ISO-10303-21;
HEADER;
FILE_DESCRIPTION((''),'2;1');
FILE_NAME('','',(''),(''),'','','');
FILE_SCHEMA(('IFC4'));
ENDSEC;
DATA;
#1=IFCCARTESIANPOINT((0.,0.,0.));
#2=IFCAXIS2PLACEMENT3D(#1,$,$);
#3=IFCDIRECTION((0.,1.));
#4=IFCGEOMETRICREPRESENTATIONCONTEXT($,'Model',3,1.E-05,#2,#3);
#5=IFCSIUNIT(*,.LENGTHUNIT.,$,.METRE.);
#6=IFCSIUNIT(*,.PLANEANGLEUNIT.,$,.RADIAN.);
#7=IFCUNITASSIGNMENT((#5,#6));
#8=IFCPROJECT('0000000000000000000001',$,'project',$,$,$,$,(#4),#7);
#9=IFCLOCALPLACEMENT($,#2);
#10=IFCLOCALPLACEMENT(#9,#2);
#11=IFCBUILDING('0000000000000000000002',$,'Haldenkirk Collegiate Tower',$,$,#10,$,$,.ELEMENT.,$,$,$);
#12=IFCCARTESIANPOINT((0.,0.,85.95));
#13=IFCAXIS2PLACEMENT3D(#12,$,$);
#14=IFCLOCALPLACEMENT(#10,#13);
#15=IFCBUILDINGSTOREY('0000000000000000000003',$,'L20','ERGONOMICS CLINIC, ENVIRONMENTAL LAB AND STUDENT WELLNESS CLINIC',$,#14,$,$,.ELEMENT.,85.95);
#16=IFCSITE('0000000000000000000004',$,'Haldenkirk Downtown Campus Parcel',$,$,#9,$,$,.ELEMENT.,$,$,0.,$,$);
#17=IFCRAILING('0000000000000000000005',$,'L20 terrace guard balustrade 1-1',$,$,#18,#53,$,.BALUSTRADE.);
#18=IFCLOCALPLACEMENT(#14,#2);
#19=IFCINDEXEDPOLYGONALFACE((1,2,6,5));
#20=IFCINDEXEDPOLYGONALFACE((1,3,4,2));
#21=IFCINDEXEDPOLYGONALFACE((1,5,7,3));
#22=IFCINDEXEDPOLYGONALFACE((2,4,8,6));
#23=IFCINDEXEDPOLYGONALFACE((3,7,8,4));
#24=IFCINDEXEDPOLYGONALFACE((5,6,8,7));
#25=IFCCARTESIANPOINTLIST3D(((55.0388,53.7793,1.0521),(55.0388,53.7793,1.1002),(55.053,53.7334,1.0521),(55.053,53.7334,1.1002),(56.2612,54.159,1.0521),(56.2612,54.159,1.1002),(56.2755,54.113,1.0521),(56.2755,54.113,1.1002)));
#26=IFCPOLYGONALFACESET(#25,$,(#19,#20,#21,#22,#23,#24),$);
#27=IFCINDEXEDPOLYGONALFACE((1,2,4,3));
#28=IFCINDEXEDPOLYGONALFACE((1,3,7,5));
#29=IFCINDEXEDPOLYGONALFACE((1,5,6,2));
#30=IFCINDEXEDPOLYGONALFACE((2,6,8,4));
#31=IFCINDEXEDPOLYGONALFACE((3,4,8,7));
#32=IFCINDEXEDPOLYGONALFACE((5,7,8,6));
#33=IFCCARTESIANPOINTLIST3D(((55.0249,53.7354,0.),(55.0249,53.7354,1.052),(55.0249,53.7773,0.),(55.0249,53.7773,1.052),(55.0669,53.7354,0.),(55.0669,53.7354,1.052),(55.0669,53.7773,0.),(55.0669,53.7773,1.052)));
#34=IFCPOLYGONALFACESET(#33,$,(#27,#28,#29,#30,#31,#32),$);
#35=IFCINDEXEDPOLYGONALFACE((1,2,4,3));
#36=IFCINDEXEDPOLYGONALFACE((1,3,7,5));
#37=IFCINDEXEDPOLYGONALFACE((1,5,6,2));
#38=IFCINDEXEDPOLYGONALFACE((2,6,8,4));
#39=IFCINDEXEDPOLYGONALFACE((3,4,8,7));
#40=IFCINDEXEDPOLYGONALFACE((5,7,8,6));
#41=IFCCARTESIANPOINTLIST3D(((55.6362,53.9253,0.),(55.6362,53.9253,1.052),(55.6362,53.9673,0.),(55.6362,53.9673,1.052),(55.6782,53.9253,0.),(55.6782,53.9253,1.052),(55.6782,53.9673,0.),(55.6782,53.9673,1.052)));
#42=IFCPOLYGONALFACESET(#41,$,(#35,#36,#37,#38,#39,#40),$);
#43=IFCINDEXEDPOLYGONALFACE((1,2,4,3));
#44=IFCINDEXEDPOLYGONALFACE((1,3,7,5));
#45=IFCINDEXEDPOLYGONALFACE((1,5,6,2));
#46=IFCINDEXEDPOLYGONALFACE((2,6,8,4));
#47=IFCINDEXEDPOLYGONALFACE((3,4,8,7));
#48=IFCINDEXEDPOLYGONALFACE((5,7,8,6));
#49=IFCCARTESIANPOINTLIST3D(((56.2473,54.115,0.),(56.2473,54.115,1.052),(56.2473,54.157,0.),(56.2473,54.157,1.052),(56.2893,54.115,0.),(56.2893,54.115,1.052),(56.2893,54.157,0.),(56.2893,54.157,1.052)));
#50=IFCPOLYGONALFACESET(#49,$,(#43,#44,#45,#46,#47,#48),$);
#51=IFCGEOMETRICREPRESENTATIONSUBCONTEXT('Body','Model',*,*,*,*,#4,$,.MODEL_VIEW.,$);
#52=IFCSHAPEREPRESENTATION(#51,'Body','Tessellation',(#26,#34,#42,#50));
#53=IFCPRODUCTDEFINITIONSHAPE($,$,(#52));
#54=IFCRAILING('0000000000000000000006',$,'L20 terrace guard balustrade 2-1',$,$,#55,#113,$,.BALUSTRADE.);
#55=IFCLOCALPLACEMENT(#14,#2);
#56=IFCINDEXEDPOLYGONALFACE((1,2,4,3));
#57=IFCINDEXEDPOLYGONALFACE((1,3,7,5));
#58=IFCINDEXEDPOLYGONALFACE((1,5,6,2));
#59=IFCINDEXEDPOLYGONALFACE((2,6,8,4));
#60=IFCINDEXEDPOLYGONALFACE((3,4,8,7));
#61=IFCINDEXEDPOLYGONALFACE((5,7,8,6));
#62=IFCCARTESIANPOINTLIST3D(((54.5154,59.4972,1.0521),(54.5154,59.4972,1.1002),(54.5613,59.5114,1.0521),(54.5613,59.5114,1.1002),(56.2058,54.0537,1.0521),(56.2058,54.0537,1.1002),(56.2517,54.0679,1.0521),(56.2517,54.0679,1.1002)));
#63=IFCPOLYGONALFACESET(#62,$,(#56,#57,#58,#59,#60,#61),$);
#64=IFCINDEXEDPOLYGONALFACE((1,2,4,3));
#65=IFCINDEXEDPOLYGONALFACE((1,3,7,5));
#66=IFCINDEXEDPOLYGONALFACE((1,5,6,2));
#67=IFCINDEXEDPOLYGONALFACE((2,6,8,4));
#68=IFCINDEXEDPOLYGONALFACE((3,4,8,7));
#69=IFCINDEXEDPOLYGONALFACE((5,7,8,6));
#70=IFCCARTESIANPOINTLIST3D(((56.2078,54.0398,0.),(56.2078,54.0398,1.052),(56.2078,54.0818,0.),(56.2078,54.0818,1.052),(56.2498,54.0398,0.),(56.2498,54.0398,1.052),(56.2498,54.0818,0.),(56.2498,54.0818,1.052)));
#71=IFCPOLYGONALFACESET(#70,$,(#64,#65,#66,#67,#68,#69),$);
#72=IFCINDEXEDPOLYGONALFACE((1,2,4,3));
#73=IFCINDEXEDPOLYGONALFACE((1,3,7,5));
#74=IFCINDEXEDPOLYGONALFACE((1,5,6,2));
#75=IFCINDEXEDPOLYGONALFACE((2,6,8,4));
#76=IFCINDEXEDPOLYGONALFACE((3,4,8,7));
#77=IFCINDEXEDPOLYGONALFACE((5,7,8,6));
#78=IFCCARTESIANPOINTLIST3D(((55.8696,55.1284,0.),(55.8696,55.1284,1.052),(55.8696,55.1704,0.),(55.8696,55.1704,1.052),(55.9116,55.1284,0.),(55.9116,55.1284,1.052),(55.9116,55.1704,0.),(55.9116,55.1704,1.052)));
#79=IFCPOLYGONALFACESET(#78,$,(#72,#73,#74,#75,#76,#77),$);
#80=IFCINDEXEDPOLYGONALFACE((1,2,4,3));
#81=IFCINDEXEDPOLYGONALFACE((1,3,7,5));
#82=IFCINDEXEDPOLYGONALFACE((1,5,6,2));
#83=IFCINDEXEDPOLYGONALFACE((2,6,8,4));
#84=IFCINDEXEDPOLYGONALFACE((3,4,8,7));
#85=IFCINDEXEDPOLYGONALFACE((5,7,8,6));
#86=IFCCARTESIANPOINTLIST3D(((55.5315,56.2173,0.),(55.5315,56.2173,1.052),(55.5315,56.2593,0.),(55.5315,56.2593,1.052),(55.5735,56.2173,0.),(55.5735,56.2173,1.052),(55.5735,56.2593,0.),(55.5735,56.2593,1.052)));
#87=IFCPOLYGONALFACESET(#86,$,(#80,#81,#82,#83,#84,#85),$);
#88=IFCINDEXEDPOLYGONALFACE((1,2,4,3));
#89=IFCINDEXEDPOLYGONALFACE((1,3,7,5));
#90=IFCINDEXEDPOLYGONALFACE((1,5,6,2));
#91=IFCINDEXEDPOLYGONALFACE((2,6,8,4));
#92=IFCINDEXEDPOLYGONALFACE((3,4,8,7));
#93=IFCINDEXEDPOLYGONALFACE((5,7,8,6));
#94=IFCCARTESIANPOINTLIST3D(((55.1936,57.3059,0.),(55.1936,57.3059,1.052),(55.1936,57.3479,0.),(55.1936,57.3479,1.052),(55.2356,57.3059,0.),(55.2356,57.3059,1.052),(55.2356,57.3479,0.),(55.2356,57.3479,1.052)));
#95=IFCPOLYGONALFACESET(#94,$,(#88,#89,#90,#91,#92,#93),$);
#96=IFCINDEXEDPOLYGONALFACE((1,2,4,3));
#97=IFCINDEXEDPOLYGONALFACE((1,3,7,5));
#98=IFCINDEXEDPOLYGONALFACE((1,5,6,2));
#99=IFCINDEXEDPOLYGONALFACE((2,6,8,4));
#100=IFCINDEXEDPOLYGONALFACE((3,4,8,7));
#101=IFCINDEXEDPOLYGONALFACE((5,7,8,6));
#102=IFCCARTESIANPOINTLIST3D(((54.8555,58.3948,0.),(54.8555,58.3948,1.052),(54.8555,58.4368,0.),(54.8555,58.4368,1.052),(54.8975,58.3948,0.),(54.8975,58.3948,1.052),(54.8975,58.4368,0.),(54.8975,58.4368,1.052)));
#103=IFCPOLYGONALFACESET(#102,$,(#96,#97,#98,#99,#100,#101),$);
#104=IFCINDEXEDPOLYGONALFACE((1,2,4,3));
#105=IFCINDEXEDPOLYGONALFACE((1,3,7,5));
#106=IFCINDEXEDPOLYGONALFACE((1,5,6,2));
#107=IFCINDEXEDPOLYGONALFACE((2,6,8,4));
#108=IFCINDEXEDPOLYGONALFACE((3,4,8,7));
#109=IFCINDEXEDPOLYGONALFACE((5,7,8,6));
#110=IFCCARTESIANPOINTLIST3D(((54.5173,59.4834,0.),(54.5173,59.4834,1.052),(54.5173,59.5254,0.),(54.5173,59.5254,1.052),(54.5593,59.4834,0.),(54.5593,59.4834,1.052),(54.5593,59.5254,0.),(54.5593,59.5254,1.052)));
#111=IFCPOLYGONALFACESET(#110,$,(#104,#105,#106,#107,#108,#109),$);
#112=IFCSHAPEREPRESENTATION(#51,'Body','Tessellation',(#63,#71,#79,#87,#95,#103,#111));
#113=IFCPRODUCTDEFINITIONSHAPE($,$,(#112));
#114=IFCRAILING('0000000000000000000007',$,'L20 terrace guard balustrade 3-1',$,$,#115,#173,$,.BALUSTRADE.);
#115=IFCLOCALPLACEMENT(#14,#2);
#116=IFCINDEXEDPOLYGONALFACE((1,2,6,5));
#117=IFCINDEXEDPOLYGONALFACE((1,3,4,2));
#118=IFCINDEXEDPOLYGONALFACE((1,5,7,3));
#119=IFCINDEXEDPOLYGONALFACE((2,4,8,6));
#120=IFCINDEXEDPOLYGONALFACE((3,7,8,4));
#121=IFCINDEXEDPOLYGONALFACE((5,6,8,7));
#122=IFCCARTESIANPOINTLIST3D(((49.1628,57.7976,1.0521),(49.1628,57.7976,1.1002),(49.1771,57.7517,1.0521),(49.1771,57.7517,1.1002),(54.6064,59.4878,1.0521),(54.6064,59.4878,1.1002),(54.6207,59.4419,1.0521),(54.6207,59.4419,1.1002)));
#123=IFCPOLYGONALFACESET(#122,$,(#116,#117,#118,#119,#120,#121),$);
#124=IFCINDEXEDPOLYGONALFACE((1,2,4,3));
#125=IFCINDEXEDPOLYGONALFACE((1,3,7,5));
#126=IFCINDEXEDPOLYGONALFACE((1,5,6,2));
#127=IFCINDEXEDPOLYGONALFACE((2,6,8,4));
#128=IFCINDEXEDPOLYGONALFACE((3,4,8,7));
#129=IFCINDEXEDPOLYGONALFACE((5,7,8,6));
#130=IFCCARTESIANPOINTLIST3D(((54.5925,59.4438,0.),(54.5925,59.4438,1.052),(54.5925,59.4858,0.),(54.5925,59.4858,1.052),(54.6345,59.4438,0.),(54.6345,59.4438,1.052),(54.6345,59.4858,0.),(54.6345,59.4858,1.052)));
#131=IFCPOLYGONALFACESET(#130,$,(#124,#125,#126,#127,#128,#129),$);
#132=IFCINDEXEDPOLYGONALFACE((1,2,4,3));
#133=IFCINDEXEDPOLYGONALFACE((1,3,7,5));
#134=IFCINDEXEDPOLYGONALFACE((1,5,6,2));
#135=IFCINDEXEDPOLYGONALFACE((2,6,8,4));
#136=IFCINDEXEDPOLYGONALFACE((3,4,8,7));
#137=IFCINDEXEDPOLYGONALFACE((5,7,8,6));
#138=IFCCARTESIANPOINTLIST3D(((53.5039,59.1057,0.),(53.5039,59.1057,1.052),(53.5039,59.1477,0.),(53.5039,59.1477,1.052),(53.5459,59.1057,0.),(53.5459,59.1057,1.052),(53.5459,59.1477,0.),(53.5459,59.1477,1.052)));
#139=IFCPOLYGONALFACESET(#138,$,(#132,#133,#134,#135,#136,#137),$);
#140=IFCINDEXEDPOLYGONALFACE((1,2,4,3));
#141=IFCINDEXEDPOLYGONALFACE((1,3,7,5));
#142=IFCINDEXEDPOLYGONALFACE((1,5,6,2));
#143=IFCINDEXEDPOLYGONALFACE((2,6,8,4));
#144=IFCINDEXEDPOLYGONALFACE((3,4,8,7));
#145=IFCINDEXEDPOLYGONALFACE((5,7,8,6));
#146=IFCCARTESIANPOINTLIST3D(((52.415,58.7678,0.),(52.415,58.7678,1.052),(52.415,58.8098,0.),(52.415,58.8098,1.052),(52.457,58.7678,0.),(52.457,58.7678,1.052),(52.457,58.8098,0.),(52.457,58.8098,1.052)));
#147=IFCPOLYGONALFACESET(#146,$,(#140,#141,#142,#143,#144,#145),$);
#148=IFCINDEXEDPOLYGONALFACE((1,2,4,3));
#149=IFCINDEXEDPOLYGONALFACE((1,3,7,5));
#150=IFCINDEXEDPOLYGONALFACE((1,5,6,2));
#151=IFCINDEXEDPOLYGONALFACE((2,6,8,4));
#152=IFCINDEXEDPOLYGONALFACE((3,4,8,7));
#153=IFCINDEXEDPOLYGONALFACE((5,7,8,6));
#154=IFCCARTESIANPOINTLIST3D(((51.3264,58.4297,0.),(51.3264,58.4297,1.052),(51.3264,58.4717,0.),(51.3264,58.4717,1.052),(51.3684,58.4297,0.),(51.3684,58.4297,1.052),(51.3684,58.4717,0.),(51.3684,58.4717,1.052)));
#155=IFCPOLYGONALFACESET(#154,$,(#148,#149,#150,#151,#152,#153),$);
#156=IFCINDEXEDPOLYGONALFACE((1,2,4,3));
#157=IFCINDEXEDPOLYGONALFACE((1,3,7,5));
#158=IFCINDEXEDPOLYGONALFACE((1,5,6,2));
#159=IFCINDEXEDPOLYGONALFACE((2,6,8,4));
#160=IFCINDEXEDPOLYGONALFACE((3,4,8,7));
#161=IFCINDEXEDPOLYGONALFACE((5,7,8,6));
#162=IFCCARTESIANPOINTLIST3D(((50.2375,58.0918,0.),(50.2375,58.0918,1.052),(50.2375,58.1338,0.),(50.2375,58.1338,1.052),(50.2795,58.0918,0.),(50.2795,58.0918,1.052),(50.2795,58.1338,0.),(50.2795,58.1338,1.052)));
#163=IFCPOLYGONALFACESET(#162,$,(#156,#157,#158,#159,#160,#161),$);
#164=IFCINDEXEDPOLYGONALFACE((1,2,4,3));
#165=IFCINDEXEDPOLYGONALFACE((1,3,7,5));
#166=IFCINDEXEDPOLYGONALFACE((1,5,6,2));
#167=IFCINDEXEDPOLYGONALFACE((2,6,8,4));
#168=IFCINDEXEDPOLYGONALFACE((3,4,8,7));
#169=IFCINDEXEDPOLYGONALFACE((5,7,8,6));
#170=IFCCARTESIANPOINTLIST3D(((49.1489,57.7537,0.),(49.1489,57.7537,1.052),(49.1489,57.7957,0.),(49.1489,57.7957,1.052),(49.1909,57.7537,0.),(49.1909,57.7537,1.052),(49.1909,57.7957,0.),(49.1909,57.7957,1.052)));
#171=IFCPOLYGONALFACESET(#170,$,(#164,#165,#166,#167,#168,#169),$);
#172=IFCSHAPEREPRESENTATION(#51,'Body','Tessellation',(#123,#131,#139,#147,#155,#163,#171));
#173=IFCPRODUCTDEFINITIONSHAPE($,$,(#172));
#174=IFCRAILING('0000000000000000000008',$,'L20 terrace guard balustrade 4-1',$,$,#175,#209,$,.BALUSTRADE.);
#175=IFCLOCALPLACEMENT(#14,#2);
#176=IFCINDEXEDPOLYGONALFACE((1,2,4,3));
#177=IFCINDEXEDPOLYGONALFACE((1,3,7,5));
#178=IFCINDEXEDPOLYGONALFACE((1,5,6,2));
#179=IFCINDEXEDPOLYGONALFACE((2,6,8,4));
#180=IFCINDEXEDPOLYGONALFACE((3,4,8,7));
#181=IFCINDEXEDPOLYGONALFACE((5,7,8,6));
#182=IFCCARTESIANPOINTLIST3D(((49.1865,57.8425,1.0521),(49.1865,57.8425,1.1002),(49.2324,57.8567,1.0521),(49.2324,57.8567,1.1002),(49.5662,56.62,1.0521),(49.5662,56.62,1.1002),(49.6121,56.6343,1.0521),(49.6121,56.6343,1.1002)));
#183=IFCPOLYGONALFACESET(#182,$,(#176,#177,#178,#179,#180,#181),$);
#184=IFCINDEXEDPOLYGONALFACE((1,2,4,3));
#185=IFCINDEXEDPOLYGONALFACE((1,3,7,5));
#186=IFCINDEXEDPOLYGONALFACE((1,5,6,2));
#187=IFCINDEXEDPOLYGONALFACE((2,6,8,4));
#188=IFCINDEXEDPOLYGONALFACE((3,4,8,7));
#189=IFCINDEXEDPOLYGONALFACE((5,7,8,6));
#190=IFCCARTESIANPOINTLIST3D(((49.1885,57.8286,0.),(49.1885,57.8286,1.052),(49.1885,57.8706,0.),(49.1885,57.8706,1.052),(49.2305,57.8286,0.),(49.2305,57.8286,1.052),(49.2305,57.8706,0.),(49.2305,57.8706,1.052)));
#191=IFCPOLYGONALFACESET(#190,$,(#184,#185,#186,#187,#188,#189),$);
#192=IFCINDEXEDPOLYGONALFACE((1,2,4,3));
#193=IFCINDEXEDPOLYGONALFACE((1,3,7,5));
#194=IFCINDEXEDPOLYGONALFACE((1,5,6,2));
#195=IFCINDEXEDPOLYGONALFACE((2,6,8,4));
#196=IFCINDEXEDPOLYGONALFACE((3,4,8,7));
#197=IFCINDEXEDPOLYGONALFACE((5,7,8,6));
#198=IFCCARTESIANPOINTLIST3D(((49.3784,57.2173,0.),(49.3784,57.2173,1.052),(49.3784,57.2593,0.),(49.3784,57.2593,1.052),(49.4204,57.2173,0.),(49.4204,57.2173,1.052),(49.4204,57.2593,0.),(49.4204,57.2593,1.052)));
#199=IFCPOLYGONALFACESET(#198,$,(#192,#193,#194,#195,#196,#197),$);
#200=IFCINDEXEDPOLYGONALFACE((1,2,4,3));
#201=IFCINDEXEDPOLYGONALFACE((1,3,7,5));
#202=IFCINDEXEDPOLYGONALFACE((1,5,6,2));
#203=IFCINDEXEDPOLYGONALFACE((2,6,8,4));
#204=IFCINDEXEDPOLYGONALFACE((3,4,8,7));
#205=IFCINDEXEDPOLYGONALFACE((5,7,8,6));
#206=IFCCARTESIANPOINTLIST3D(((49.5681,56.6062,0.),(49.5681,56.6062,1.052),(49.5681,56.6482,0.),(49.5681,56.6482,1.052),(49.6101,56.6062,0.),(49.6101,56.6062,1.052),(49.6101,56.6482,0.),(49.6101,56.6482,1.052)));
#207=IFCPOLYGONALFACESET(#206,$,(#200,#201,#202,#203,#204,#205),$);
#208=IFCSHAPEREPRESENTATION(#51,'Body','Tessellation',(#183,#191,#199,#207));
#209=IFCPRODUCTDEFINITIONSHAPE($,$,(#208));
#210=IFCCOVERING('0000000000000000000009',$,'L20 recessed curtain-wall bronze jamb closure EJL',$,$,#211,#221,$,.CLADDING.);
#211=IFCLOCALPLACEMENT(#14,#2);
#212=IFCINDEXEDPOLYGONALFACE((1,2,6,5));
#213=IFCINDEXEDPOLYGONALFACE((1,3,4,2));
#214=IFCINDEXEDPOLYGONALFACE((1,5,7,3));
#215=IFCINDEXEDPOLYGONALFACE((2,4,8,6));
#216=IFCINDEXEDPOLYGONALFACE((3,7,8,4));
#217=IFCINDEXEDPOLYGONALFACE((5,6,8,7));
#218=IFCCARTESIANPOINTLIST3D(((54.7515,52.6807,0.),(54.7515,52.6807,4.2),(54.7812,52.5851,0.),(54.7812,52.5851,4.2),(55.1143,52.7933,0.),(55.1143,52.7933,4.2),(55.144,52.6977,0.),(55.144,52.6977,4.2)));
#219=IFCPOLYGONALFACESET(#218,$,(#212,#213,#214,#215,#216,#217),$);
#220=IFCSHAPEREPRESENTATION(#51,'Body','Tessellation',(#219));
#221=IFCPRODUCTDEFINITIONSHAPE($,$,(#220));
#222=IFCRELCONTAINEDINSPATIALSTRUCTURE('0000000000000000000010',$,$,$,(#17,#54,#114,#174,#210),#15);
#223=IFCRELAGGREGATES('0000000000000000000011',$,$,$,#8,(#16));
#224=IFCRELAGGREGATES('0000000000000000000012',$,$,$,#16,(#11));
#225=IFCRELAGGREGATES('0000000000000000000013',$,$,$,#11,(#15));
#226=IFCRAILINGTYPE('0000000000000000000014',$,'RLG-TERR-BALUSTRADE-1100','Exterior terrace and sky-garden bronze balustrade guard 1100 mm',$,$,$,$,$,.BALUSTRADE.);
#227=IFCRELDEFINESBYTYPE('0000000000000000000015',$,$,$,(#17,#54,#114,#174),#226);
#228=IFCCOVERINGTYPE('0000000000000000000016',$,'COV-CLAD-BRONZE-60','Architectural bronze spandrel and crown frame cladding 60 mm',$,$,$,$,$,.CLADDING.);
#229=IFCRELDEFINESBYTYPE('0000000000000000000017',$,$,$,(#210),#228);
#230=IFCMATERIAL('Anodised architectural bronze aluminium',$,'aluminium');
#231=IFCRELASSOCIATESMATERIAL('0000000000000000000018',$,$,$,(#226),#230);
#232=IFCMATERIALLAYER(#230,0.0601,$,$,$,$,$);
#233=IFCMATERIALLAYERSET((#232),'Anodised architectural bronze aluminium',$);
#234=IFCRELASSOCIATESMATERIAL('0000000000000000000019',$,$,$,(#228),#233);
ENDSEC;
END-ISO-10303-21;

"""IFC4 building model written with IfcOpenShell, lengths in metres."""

from ifc_helpers import new_model, si_unit, direction, frame, origin, origin_2d, place, context, subcontext, project, spatial, rectangle, extrude, source, transform, mapped, material, layer, layer_set, type_object, element, save


model = new_model("IFC4")

# Units and contexts
model_context = context("Model", 3, precision=1e-05, world=origin(), true_north=direction((0.0, 1.0)))
body_context = subcontext(model_context, "Body", "Model", "MODEL_VIEW")
ifc_project = project(units=[si_unit("LENGTHUNIT", "METRE"), si_unit("PLANEANGLEUNIT", "RADIAN")], contexts=[model_context])

# Site, building, storey
site_placement = place(None, origin())
site = spatial("IfcSite", under=ifc_project, at=site_placement, Name="Haldenkirk Downtown Campus Parcel", CompositionType="ELEMENT", RefElevation=0.0)
building_placement = place(site_placement, origin())
building = spatial("IfcBuilding", under=site, at=building_placement, Name="Haldenkirk Collegiate Tower", CompositionType="ELEMENT")
storey_placement = place(building_placement, frame((0.0, 0.0, 85.95)))
storey = spatial("IfcBuildingStorey", under=building, at=storey_placement, Name="L20", Description="ERGONOMICS CLINIC, ENVIRONMENTAL LAB AND STUDENT WELLNESS CLINIC", CompositionType="ELEMENT", Elevation=85.95)

# Shared definitions
ifc_material_1 = material(Name="Anodised architectural bronze aluminium", Category="aluminium")

# Railings
railing_type = type_object("IfcRailingType", Name="RLG-TERR-BALUSTRADE-1100", Description="Exterior terrace and sky-garden bronze balustrade guard 1100 mm", PredefinedType="BALUSTRADE", material=ifc_material_1)
railing_1_placement = place(storey_placement, frame((55.0459, 53.7563, 0.0)))
element("IfcRailing", 1, at=railing_1_placement, inside=storey, type_object=railing_type, Name="L20 terrace guard balustrade 1-1", PredefinedType="BALUSTRADE", context=body_context, shape_type="SweptSolid", body=[
    extrude(rectangle(XDim=0.0481, YDim=0.0481, at=origin_2d()), frame((0.0, 0.0, 1.0762), z_axis=(0.955005, 0.296591, 0.0), x_axis=(-0.296591, 0.955005, 0.0)), (0.0, 0.0, 1.0), 1.28),
    extrude(rectangle(XDim=0.042, YDim=0.042, at=origin_2d()), origin(), (0.0, 0.0, 1.0), 1.052),
    extrude(rectangle(XDim=0.042, YDim=0.042, at=origin_2d()), frame((0.6113, 0.1899, 0.0)), (0.0, 0.0, 1.0), 1.052),
    extrude(rectangle(XDim=0.042, YDim=0.042, at=origin_2d()), frame((1.2224, 0.3796, 0.0)), (0.0, 0.0, 1.0), 1.052),
])
railing_2_placement = place(storey_placement, frame((56.2288, 54.0608, 0.0)))
element("IfcRailing", 2, at=railing_2_placement, inside=storey, type_object=railing_type, Name="L20 terrace guard balustrade 2-1", PredefinedType="BALUSTRADE", context=body_context, shape_type="SweptSolid", body=[
    extrude(rectangle(XDim=0.0481, YDim=0.0481, at=origin_2d()), frame((0.0, 0.0, 1.0762), z_axis=(-0.296565, 0.955013, 0.0), x_axis=(-0.955013, -0.296565, 0.0)), (0.0, 0.0, 1.0), 5.7),
    extrude(rectangle(XDim=0.042, YDim=0.042, at=origin_2d()), origin(), (0.0, 0.0, 1.0), 1.052),
    extrude(rectangle(XDim=0.042, YDim=0.042, at=origin_2d()), frame((-0.3381, 1.0886, 0.0)), (0.0, 0.0, 1.0), 1.052),
    extrude(rectangle(XDim=0.042, YDim=0.042, at=origin_2d()), frame((-0.6763, 2.1775, 0.0)), (0.0, 0.0, 1.0), 1.052),
    extrude(rectangle(XDim=0.042, YDim=0.042, at=origin_2d()), frame((-1.0142, 3.2661, 0.0)), (0.0, 0.0, 1.0), 1.052),
    extrude(rectangle(XDim=0.042, YDim=0.042, at=origin_2d()), frame((-1.3523, 4.355, 0.0)), (0.0, 0.0, 1.0), 1.052),
    extrude(rectangle(XDim=0.042, YDim=0.042, at=origin_2d()), frame((-1.6904, 5.4436, 0.0)), (0.0, 0.0, 1.0), 1.052),
])
railing_3_placement = place(storey_placement, frame((54.6135, 59.4648, 0.0)))
element("IfcRailing", 3, at=railing_3_placement, inside=storey, type_object=railing_type, Name="L20 terrace guard balustrade 3-1", PredefinedType="BALUSTRADE", context=body_context, shape_type="SweptSolid", body=[
    extrude(rectangle(XDim=0.0481, YDim=0.0481, at=origin_2d()), frame((0.0, 0.0, 1.0762), z_axis=(-0.955025, -0.296526, 0.0), x_axis=(0.296526, -0.955025, 0.0)), (0.0, 0.0, 1.0), 5.7),
    extrude(rectangle(XDim=0.042, YDim=0.042, at=origin_2d()), origin(), (0.0, 0.0, 1.0), 1.052),
    extrude(rectangle(XDim=0.042, YDim=0.042, at=origin_2d()), frame((-1.0886, -0.3381, 0.0)), (0.0, 0.0, 1.0), 1.052),
    extrude(rectangle(XDim=0.042, YDim=0.042, at=origin_2d()), frame((-2.1775, -0.676, 0.0)), (0.0, 0.0, 1.0), 1.052),
    extrude(rectangle(XDim=0.042, YDim=0.042, at=origin_2d()), frame((-3.2661, -1.0142, 0.0)), (0.0, 0.0, 1.0), 1.052),
    extrude(rectangle(XDim=0.042, YDim=0.042, at=origin_2d()), frame((-4.355, -1.3521, 0.0)), (0.0, 0.0, 1.0), 1.052),
    extrude(rectangle(XDim=0.042, YDim=0.042, at=origin_2d()), frame((-5.4436, -1.6902, 0.0)), (0.0, 0.0, 1.0), 1.052),
])
railing_4_placement = place(storey_placement, frame((49.2095, 57.8496, 0.0)))
element("IfcRailing", 4, at=railing_4_placement, inside=storey, type_object=railing_type, Name="L20 terrace guard balustrade 4-1", PredefinedType="BALUSTRADE", context=body_context, shape_type="SweptSolid", body=[
    extrude(rectangle(XDim=0.0481, YDim=0.0481, at=origin_2d()), frame((0.0, 0.0, 1.0762), z_axis=(0.296591, -0.955005, 0.0), x_axis=(0.955005, 0.296591, 0.0)), (0.0, 0.0, 1.0), 1.28),
    extrude(rectangle(XDim=0.042, YDim=0.042, at=origin_2d()), origin(), (0.0, 0.0, 1.0), 1.052),
    extrude(rectangle(XDim=0.042, YDim=0.042, at=origin_2d()), frame((0.1899, -0.6113, 0.0)), (0.0, 0.0, 1.0), 1.052),
    extrude(rectangle(XDim=0.042, YDim=0.042, at=origin_2d()), frame((0.3796, -1.2224, 0.0)), (0.0, 0.0, 1.0), 1.052),
])

# Covering
ifc_layer_1 = layer(ifc_material_1, 0.0601)
ifc_layer_set_1 = layer_set([ifc_layer_1], Name="Anodised architectural bronze aluminium")
covering_type = type_object("IfcCoveringType", Name="COV-CLAD-BRONZE-60", Description="Architectural bronze spandrel and crown frame cladding 60 mm", PredefinedType="CLADDING", material=ifc_layer_set_1)
shared_shape_1 = source(origin(), body_context, "Body", "SweptSolid", [
    extrude(rectangle(XDim=0.1001, YDim=0.3799, at=origin_2d()), origin(), (0.0, 0.0, 1.0), 4.2),
])
for number, where, z_axis, x_axis, name in (
    (5, (54.9478, 52.6892, 0.0), (0.0, 0.0, 1.0), (0.296542, -0.95502, 0.0), "L20 recessed curtain-wall bronze jamb closure EJL"),
):
    element("IfcCovering", number, at=place(storey_placement, frame(where, z_axis=z_axis, x_axis=x_axis)), inside=storey, type_object=covering_type, Name=name, PredefinedType="CLADDING", context=body_context, shape_type="MappedRepresentation", body=[
        mapped(shared_shape_1, transform((0.0, 0.0, 0.0), x_axis=(1.0, 0.0, 0.0), y_axis=(0.0, 1.0, 0.0), z_axis=(0.0, 0.0, 1.0), scale=1.0)),
    ])

save(model, "model.ifc")
